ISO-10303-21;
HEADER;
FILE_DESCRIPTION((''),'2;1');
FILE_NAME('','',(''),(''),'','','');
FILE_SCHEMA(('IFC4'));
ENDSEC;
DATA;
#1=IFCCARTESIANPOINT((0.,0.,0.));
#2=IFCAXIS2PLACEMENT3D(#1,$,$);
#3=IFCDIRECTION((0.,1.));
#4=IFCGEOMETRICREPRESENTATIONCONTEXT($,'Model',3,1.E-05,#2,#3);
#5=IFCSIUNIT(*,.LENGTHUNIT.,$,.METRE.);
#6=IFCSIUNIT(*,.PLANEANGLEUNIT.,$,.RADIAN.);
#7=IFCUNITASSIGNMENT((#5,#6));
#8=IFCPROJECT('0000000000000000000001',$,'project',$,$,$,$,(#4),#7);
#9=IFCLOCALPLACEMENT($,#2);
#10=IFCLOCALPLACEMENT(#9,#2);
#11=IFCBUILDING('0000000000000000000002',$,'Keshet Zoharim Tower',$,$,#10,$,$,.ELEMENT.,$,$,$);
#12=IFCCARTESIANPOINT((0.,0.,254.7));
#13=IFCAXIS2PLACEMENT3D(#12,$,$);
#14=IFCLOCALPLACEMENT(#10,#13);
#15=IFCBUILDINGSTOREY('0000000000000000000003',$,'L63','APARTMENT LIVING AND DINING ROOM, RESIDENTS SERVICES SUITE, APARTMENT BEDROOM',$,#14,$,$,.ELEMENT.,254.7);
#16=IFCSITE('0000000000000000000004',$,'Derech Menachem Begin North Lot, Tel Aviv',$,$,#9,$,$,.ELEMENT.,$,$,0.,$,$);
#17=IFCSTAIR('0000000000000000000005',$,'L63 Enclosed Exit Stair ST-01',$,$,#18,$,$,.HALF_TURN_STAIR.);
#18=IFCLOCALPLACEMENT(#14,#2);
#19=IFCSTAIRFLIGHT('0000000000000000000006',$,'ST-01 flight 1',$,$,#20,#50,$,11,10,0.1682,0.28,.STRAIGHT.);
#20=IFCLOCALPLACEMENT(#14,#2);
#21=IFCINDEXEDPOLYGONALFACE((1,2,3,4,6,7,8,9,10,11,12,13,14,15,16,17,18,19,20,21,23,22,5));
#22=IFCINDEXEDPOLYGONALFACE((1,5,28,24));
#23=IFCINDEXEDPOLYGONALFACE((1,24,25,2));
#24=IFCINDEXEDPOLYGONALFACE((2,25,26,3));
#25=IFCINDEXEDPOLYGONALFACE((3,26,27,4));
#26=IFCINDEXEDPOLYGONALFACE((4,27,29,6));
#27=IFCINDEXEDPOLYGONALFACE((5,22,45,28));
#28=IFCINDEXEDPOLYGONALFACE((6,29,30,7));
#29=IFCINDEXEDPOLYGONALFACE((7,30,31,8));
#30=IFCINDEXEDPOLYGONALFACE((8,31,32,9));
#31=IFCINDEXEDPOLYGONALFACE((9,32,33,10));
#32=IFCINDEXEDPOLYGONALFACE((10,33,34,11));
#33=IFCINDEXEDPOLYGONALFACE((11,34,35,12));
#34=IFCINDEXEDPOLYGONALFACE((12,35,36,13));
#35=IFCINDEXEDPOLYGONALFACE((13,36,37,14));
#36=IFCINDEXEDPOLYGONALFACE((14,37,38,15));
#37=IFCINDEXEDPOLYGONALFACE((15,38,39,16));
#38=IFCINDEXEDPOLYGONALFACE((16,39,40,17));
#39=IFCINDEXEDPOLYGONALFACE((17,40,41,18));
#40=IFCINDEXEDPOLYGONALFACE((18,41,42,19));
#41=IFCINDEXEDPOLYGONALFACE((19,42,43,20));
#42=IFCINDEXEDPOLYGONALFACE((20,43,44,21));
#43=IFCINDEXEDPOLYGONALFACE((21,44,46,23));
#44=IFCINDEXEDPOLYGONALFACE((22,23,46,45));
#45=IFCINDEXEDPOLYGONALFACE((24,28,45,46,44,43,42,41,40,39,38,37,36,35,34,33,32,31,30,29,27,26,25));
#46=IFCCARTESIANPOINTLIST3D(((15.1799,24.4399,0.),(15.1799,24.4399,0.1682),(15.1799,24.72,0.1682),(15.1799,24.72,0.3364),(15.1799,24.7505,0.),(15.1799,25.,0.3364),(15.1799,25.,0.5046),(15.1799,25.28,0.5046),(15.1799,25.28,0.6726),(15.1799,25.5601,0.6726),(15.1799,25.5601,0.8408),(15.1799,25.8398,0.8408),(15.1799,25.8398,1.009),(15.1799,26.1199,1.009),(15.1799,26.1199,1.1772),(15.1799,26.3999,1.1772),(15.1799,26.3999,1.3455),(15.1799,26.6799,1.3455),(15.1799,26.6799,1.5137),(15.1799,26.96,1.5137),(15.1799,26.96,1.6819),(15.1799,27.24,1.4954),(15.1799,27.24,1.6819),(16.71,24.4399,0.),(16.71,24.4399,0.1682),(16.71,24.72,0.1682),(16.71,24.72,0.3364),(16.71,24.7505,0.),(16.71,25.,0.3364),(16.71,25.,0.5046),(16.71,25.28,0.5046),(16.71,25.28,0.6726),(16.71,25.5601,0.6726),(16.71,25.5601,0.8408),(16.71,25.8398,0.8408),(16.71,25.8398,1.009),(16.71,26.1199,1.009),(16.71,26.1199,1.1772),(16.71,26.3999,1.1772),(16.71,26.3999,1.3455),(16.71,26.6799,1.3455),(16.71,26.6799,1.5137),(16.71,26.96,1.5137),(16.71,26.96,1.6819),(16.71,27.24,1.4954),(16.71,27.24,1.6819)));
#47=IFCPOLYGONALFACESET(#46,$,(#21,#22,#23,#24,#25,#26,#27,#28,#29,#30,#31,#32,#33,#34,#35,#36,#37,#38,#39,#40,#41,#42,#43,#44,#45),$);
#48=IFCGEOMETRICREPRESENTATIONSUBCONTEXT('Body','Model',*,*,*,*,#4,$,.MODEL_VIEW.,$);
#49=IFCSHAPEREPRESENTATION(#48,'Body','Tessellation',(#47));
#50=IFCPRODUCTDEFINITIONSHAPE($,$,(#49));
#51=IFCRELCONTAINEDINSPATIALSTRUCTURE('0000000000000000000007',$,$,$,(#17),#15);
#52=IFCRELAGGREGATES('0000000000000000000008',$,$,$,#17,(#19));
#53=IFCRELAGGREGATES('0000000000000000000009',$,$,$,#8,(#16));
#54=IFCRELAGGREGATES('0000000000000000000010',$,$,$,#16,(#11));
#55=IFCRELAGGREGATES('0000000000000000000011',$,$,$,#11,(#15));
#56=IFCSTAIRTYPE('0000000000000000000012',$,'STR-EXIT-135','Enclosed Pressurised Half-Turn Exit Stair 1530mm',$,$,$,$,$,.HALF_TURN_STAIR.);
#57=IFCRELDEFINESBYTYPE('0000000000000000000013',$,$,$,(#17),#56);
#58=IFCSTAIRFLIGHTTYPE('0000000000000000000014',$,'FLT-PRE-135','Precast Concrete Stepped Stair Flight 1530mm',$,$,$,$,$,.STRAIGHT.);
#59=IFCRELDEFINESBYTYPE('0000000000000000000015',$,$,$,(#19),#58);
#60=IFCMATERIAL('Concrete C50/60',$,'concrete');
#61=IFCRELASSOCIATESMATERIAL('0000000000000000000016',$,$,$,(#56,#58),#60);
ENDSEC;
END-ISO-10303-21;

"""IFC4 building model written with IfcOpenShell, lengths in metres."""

from ifc_helpers import new_model, si_unit, direction, frame, origin, place, context, subcontext, project, spatial, polyline, outline, extrude, material, type_object, element, aggregate, save


model = new_model("IFC4")

# Units and contexts
model_context = context("Model", 3, precision=1e-05, world=origin(), true_north=direction((0.0, 1.0)))
body_context = subcontext(model_context, "Body", "Model", "MODEL_VIEW")
ifc_project = project(units=[si_unit("LENGTHUNIT", "METRE"), si_unit("PLANEANGLEUNIT", "RADIAN")], contexts=[model_context])

# Site, building, storey
site_placement = place(None, origin())
site = spatial("IfcSite", under=ifc_project, at=site_placement, Name="Derech Menachem Begin North Lot, Tel Aviv", CompositionType="ELEMENT", RefElevation=0.0)
building_placement = place(site_placement, origin())
building = spatial("IfcBuilding", under=site, at=building_placement, Name="Keshet Zoharim Tower", CompositionType="ELEMENT")
storey_placement = place(building_placement, frame((0.0, 0.0, 254.7)))
storey = spatial("IfcBuildingStorey", under=building, at=storey_placement, Name="L63", Description="APARTMENT LIVING AND DINING ROOM, RESIDENTS SERVICES SUITE, APARTMENT BEDROOM", CompositionType="ELEMENT", Elevation=254.7)

# Shared definitions
ifc_material_1 = material(Name="Concrete C50/60", Category="concrete")

# Stair, stair flight
stair_type = type_object("IfcStairType", Name="STR-EXIT-135", Description="Enclosed Pressurised Half-Turn Exit Stair 1530mm", PredefinedType="HALF_TURN_STAIR", material=ifc_material_1)
stair_placement = place(storey_placement, origin())
stair = element("IfcStair", 1, at=stair_placement, inside=storey, type_object=stair_type, Name="L63 Enclosed Exit Stair ST-01", PredefinedType="HALF_TURN_STAIR")
stair_flight_type = type_object("IfcStairFlightType", Name="FLT-PRE-135", Description="Precast Concrete Stepped Stair Flight 1530mm", PredefinedType="STRAIGHT", material=ifc_material_1)
stair_flight_placement = place(storey_placement, frame((15.9451, 24.4399, 0.0), z_axis=(0.0, 0.0, 1.0), x_axis=(0.0, 1.0, 0.0)))
stair_flight = element("IfcStairFlight", 2, at=stair_flight_placement, type_object=stair_flight_type, Name="ST-01 flight 1", NumberOfRisers=11, NumberOfTreads=10, PredefinedType="STRAIGHT", RiserHeight=0.1682, TreadLength=0.28, context=body_context, shape_type="SweptSolid", body=[
    extrude(outline(polyline([(0.0, 0.0), (0.0, 0.1682), (0.28, 0.1682), (0.28, 0.3364), (0.5601, 0.3364), (0.5601, 0.5046), (0.8401, 0.5046), (0.8401, 0.6726), (1.1201, 0.6726), (1.1201, 0.8408), (1.3999, 0.8408), (1.3999, 1.009), (1.6799, 1.009), (1.6799, 1.1772), (1.96, 1.1772), (1.96, 1.3455), (2.24, 1.3455), (2.24, 1.5137), (2.52, 1.5137), (2.52, 1.6819), (2.8, 1.6819), (2.8, 1.8501), (2.8, 1.4954), (0.3105, 0.0), (0.0, 0.0)])), frame((0.0, 0.7651, 0.0), z_axis=(0.0, -1.0, 0.0), x_axis=(1.0, 0.0, 0.0)), (0.0, 0.0, 1.0), 1.53),
])
aggregate(stair, [stair_flight])

save(model, "model.ifc")
